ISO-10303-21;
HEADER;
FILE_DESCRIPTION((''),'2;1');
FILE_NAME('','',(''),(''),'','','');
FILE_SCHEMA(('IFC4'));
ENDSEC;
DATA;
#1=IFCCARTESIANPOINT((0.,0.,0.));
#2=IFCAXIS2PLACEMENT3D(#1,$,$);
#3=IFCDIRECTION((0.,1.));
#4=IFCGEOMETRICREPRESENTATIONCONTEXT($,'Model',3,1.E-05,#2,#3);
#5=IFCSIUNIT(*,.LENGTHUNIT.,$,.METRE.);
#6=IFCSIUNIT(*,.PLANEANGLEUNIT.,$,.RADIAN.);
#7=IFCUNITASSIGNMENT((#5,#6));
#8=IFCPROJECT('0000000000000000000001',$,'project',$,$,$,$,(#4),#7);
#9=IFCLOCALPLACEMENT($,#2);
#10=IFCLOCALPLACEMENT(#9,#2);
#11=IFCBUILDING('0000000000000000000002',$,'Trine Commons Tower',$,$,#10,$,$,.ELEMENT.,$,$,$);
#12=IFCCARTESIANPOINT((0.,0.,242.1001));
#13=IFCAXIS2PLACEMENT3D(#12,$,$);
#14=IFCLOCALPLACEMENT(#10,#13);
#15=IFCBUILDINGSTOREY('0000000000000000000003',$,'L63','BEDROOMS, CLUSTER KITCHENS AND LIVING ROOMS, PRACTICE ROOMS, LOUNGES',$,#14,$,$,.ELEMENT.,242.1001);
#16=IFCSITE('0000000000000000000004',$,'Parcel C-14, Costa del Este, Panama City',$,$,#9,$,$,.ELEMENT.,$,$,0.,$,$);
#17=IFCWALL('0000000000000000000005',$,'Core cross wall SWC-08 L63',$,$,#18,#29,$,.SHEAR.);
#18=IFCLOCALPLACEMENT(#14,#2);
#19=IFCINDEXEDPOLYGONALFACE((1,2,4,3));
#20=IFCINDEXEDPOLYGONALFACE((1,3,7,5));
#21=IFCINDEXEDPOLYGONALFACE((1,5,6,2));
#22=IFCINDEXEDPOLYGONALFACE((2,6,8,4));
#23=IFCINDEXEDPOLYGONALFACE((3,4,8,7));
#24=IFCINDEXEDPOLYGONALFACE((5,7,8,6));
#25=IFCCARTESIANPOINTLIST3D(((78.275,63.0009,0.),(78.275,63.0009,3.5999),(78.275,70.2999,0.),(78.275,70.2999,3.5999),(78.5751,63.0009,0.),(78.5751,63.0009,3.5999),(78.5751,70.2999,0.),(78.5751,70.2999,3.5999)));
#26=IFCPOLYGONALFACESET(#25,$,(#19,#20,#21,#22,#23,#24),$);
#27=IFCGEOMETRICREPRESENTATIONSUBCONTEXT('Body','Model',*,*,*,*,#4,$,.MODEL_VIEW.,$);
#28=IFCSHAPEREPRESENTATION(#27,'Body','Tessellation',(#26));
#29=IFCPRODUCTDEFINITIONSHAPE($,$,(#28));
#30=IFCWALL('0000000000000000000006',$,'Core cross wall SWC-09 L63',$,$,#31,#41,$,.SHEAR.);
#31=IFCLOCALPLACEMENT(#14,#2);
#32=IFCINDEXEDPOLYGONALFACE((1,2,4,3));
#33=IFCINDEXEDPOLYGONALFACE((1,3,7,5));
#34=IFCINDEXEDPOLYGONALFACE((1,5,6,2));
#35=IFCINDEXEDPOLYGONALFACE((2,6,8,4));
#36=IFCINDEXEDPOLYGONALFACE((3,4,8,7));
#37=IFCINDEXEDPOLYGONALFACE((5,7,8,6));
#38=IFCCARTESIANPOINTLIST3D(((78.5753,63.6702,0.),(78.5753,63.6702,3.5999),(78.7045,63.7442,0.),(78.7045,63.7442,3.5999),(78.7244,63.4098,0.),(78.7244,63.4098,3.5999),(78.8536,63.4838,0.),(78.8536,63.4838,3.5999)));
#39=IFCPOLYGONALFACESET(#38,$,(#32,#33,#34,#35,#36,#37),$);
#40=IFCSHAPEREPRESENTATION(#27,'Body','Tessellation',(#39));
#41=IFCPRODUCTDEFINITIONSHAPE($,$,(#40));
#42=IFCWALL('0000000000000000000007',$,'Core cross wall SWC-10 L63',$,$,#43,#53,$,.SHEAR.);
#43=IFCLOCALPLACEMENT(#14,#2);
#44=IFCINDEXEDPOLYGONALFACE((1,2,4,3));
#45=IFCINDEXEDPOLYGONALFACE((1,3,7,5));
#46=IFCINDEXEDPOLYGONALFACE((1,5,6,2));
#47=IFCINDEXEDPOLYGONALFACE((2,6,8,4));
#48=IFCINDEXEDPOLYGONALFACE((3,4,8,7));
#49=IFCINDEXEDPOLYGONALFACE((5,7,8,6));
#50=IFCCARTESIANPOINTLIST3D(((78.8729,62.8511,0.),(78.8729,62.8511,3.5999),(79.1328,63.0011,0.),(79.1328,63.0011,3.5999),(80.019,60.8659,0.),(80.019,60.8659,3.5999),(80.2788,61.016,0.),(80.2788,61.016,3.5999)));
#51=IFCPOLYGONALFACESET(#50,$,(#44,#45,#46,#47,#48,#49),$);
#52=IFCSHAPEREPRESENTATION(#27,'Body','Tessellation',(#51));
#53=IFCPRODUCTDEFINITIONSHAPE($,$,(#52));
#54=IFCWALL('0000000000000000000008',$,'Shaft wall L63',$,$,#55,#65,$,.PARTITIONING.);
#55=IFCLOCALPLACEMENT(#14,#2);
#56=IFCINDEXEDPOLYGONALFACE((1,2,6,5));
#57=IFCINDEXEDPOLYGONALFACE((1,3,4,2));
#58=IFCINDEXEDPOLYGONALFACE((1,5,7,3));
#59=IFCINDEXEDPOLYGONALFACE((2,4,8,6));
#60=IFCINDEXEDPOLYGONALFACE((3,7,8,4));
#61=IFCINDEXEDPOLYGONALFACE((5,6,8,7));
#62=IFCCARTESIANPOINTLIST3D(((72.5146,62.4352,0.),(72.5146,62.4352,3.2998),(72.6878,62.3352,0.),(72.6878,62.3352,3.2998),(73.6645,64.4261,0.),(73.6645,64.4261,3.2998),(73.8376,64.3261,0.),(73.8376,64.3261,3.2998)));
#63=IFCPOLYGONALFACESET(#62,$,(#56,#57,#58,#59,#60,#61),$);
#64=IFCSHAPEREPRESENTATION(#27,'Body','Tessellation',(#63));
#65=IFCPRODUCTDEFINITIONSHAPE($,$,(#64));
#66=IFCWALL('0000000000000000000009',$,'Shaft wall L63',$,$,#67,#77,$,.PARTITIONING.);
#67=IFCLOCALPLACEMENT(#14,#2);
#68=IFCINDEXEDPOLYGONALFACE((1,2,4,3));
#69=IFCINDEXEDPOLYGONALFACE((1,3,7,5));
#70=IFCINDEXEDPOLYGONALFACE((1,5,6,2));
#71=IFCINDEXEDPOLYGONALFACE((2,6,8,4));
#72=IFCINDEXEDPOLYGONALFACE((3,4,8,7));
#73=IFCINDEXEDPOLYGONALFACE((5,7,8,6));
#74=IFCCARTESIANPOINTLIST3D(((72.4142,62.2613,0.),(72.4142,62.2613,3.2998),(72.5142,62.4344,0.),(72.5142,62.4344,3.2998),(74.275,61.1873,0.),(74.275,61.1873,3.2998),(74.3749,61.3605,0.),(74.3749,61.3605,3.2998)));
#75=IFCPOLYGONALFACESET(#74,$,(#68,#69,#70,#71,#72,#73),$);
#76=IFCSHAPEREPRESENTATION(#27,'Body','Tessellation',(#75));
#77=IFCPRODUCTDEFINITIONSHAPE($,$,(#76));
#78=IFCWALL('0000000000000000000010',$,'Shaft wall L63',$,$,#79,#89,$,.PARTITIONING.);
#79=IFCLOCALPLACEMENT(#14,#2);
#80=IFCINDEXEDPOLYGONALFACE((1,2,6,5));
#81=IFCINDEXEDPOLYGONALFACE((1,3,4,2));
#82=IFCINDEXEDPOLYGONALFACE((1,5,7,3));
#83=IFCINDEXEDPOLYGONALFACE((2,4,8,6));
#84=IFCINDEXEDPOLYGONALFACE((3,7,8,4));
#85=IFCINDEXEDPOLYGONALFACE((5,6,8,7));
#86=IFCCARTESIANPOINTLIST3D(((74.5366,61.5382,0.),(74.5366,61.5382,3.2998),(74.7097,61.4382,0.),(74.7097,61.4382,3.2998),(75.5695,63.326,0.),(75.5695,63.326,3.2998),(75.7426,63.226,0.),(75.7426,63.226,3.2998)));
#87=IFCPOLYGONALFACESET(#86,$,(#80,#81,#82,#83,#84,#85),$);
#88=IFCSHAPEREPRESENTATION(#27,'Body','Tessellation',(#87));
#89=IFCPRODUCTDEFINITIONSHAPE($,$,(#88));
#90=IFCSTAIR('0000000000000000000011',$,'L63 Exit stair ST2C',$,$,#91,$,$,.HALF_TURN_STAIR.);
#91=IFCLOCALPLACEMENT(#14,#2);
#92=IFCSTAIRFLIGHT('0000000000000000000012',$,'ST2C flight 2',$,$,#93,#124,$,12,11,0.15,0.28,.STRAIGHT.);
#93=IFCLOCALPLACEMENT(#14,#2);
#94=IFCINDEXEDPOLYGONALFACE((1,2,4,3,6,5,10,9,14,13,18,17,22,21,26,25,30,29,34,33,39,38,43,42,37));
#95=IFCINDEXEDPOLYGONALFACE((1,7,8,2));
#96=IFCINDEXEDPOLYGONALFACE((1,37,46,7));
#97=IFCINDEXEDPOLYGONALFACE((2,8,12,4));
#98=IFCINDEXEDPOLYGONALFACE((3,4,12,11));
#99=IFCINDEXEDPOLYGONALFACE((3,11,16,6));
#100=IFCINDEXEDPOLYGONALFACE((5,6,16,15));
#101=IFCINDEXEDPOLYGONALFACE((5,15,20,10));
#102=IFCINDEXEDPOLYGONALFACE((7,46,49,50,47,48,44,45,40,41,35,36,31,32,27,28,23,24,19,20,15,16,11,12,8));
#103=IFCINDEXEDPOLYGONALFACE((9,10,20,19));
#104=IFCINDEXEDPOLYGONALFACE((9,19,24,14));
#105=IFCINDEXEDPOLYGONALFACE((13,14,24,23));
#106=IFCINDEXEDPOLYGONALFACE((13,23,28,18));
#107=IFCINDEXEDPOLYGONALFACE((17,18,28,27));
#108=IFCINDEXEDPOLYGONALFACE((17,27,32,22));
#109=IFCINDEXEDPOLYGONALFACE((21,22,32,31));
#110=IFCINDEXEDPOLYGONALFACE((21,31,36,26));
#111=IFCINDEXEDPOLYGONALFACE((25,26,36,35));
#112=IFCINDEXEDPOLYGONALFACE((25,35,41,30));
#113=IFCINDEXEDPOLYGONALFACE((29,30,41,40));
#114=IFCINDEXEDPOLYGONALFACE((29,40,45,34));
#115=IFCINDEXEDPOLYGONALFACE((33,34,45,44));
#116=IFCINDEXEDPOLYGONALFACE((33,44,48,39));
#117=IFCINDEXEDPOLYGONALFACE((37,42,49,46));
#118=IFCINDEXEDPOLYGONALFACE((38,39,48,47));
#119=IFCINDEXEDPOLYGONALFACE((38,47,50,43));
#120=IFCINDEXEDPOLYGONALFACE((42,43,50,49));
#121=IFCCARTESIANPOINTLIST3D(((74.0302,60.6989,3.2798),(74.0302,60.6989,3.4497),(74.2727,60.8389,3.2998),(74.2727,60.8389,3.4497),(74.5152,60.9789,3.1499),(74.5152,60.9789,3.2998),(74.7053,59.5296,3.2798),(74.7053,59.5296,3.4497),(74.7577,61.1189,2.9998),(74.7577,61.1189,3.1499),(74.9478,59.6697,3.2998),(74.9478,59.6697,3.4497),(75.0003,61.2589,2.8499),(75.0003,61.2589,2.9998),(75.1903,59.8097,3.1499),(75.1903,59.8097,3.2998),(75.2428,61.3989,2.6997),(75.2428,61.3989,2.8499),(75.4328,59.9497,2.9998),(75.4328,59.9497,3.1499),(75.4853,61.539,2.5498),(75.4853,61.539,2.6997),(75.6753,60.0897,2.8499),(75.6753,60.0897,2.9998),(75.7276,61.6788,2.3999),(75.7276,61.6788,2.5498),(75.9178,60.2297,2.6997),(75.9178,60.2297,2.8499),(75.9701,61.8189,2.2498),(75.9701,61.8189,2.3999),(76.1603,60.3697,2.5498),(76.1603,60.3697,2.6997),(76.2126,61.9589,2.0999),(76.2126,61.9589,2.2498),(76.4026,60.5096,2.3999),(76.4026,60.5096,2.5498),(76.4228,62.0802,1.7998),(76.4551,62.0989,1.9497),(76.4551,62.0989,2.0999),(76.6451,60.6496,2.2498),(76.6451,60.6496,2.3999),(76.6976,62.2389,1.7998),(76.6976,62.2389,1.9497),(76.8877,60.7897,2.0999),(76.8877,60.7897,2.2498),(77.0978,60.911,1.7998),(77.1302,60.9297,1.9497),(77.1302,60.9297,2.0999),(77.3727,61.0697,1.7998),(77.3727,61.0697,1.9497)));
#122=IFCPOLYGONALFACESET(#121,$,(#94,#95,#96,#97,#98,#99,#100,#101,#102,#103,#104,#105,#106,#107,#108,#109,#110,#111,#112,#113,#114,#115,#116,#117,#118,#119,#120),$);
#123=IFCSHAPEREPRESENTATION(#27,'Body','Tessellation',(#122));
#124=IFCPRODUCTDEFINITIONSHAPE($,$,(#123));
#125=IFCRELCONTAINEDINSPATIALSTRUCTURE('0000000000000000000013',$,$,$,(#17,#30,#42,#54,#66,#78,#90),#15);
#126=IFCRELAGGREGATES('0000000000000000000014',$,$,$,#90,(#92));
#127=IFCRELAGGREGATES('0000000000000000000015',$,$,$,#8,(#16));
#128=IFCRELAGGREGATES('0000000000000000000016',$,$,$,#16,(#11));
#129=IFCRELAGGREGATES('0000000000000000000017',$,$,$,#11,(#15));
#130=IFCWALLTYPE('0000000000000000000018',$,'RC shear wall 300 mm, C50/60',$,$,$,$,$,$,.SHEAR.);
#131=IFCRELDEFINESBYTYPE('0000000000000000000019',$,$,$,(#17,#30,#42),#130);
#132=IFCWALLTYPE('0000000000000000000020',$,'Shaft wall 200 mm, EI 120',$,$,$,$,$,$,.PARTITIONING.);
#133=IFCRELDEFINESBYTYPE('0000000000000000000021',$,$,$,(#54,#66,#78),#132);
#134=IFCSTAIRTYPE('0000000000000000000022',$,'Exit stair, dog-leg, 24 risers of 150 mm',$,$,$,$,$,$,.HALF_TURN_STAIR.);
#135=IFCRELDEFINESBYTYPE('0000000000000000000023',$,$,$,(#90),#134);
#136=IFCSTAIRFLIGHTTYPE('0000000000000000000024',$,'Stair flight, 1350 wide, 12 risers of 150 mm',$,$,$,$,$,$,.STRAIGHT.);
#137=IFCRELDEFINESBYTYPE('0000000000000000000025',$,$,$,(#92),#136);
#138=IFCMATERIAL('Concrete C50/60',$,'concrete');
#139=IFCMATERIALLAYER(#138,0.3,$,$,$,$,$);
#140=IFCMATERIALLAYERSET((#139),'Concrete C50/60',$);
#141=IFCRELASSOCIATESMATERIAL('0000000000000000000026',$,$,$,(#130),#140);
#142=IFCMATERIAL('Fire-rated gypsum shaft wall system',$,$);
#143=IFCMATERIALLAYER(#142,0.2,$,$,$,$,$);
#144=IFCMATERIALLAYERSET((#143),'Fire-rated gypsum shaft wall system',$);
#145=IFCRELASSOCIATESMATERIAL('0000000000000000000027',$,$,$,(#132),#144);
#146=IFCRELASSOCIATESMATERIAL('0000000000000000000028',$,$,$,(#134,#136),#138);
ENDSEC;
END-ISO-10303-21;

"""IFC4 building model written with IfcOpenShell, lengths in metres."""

from ifc_helpers import new_model, si_unit, direction, frame, frame_2d, origin, place, context, subcontext, project, spatial, polyline, rectangle, outline, extrude, material, layer, layer_set, type_object, element, aggregate, save


model = new_model("IFC4")

# Units and contexts
model_context = context("Model", 3, precision=1e-05, world=origin(), true_north=direction((0.0, 1.0)))
body_context = subcontext(model_context, "Body", "Model", "MODEL_VIEW")
ifc_project = project(units=[si_unit("LENGTHUNIT", "METRE"), si_unit("PLANEANGLEUNIT", "RADIAN")], contexts=[model_context])

# Site, building, storey
site_placement = place(None, origin())
site = spatial("IfcSite", under=ifc_project, at=site_placement, Name="Parcel C-14, Costa del Este, Panama City", CompositionType="ELEMENT", RefElevation=0.0)
building_placement = place(site_placement, origin())
building = spatial("IfcBuilding", under=site, at=building_placement, Name="Trine Commons Tower", CompositionType="ELEMENT")
storey_placement = place(building_placement, frame((0.0, 0.0, 242.1001)))
storey = spatial("IfcBuildingStorey", under=building, at=storey_placement, Name="L63", Description="BEDROOMS, CLUSTER KITCHENS AND LIVING ROOMS, PRACTICE ROOMS, LOUNGES", CompositionType="ELEMENT", Elevation=242.1001)

# Shared definitions
ifc_material_1 = material(Name="Fire-rated gypsum shaft wall system")
ifc_material_2 = material(Name="Concrete C50/60", Category="concrete")
ifc_layer_1 = layer(ifc_material_2, 0.3)
ifc_layer_set_1 = layer_set([ifc_layer_1], Name="Concrete C50/60")
wall_type_1 = type_object("IfcWallType", Name="RC shear wall 300 mm, C50/60", PredefinedType="SHEAR", material=ifc_layer_set_1)

# Walls
wall_1_placement = place(storey_placement, frame((78.425, 63.001, 0.0), z_axis=(0.0, 0.0, 1.0), x_axis=(0.0, 1.0, 0.0)))
element("IfcWall", 1, at=wall_1_placement, inside=storey, type_object=wall_type_1, Name="Core cross wall SWC-08 L63", PredefinedType="SHEAR", context=body_context, shape_type="SweptSolid", body=[
    extrude(rectangle(XDim=7.2991, YDim=0.3, at=frame_2d((3.6494, 0.0))), origin(), (0.0, 0.0, 1.0), 3.5999),
])
wall_2_placement = place(storey_placement, frame((78.7791, 63.614, 0.0), z_axis=(0.0, 0.0, 1.0), x_axis=(-0.867738, -0.497022, 0.0)))
element("IfcWall", 2, at=wall_2_placement, inside=storey, type_object=wall_type_1, Name="Core cross wall SWC-09 L63", PredefinedType="SHEAR", context=body_context, shape_type="SweptSolid", body=[
    extrude(rectangle(XDim=0.1489, YDim=0.3, at=frame_2d((0.0745, 0.0))), origin(), (0.0, 0.0, 1.0), 3.5999),
])
wall_3_placement = place(storey_placement, frame((79.0029, 62.926, 0.0), z_axis=(0.0, 0.0, 1.0), x_axis=(0.499965, -0.866045, 0.0)))
element("IfcWall", 3, at=wall_3_placement, inside=storey, type_object=wall_type_1, Name="Core cross wall SWC-10 L63", PredefinedType="SHEAR", context=body_context, shape_type="SweptSolid", body=[
    extrude(rectangle(XDim=2.2922, YDim=0.3, at=frame_2d((1.146, 0.0))), origin(), (0.0, 0.0, 1.0), 3.5999),
])
ifc_layer_2 = layer(ifc_material_1, 0.2)
ifc_layer_set_2 = layer_set([ifc_layer_2], Name="Fire-rated gypsum shaft wall system")
wall_type_2 = type_object("IfcWallType", Name="Shaft wall 200 mm, EI 120", PredefinedType="PARTITIONING", material=ifc_layer_set_2)
wall_4_placement = place(storey_placement, frame((73.751, 64.376, 0.0), z_axis=(0.0, 0.0, 1.0), x_axis=(-0.500136, -0.865947, 0.0)))
element("IfcWall", 4, at=wall_4_placement, inside=storey, type_object=wall_type_2, Name="Shaft wall L63", PredefinedType="PARTITIONING", context=body_context, shape_type="SweptSolid", body=[
    extrude(rectangle(XDim=2.2991, YDim=0.2, at=frame_2d((1.1494, 0.0))), origin(), (0.0, 0.0, 1.0), 3.2998),
])
wall_5_placement = place(storey_placement, frame((74.325, 61.2739, 0.0), z_axis=(0.0, 0.0, 1.0), x_axis=(-0.866102, 0.499867, 0.0)))
element("IfcWall", 5, at=wall_5_placement, inside=storey, type_object=wall_type_2, Name="Shaft wall L63", PredefinedType="PARTITIONING", context=body_context, shape_type="SweptSolid", body=[
    extrude(rectangle(XDim=2.1484, YDim=0.2, at=frame_2d((1.0742, 0.0))), origin(), (0.0, 0.0, 1.0), 3.2998),
])
wall_6_placement = place(storey_placement, frame((75.656, 63.2759, 0.0), z_axis=(0.0, 0.0, 1.0), x_axis=(-0.500272, -0.865868, 0.0)))
element("IfcWall", 6, at=wall_6_placement, inside=storey, type_object=wall_type_2, Name="Shaft wall L63", PredefinedType="PARTITIONING", context=body_context, shape_type="SweptSolid", body=[
    extrude(rectangle(XDim=2.0647, YDim=0.2, at=frame_2d((1.0322, 0.0))), origin(), (0.0, 0.0, 1.0), 3.2998),
])

# Stair, stair flight
stair_type = type_object("IfcStairType", Name="Exit stair, dog-leg, 24 risers of 150 mm", PredefinedType="HALF_TURN_STAIR", material=ifc_material_2)
stair_placement = place(storey_placement, origin())
stair = element("IfcStair", 7, at=stair_placement, inside=storey, type_object=stair_type, Name="L63 Exit stair ST2C", PredefinedType="HALF_TURN_STAIR")
stair_flight_type = type_object("IfcStairFlightType", Name="Stair flight, 1350 wide, 12 risers of 150 mm", PredefinedType="STRAIGHT", material=ifc_material_2)
stair_flight_placement = place(storey_placement, frame((77.0352, 61.6543, 1.7998), z_axis=(0.0, 0.0, 1.0), x_axis=(-0.866025, -0.5, 0.0)))
stair_flight = element("IfcStairFlight", 8, at=stair_flight_placement, type_object=stair_flight_type, Name="ST2C flight 2", NumberOfRisers=12, NumberOfTreads=11, PredefinedType="STRAIGHT", RiserHeight=0.15, TreadLength=0.28, context=body_context, shape_type="SweptSolid", body=[
    extrude(outline(polyline([(0.0, 0.0), (0.0, 0.1499), (0.28, 0.1499), (0.28, 0.3), (0.5601, 0.3), (0.5601, 0.45), (0.8401, 0.45), (0.8401, 0.6001), (1.1201, 0.6001), (1.1201, 0.75), (1.3999, 0.75), (1.3999, 0.8999), (1.6799, 0.8999), (1.6799, 1.05), (1.96, 1.05), (1.96, 1.2), (2.24, 1.2), (2.24, 1.3501), (2.52, 1.3501), (2.52, 1.5), (2.8, 1.5), (2.8, 1.6499), (3.0801, 1.6499), (3.0801, 1.8), (3.0801, 1.48), (0.3174, 0.0), (0.0, 0.0)])), frame((0.0, 0.675, 0.0), z_axis=(0.0, -1.0, 0.0), x_axis=(1.0, 0.0, 0.0)), (0.0, 0.0, 1.0), 1.3501),
])
aggregate(stair, [stair_flight])

save(model, "model.ifc")
